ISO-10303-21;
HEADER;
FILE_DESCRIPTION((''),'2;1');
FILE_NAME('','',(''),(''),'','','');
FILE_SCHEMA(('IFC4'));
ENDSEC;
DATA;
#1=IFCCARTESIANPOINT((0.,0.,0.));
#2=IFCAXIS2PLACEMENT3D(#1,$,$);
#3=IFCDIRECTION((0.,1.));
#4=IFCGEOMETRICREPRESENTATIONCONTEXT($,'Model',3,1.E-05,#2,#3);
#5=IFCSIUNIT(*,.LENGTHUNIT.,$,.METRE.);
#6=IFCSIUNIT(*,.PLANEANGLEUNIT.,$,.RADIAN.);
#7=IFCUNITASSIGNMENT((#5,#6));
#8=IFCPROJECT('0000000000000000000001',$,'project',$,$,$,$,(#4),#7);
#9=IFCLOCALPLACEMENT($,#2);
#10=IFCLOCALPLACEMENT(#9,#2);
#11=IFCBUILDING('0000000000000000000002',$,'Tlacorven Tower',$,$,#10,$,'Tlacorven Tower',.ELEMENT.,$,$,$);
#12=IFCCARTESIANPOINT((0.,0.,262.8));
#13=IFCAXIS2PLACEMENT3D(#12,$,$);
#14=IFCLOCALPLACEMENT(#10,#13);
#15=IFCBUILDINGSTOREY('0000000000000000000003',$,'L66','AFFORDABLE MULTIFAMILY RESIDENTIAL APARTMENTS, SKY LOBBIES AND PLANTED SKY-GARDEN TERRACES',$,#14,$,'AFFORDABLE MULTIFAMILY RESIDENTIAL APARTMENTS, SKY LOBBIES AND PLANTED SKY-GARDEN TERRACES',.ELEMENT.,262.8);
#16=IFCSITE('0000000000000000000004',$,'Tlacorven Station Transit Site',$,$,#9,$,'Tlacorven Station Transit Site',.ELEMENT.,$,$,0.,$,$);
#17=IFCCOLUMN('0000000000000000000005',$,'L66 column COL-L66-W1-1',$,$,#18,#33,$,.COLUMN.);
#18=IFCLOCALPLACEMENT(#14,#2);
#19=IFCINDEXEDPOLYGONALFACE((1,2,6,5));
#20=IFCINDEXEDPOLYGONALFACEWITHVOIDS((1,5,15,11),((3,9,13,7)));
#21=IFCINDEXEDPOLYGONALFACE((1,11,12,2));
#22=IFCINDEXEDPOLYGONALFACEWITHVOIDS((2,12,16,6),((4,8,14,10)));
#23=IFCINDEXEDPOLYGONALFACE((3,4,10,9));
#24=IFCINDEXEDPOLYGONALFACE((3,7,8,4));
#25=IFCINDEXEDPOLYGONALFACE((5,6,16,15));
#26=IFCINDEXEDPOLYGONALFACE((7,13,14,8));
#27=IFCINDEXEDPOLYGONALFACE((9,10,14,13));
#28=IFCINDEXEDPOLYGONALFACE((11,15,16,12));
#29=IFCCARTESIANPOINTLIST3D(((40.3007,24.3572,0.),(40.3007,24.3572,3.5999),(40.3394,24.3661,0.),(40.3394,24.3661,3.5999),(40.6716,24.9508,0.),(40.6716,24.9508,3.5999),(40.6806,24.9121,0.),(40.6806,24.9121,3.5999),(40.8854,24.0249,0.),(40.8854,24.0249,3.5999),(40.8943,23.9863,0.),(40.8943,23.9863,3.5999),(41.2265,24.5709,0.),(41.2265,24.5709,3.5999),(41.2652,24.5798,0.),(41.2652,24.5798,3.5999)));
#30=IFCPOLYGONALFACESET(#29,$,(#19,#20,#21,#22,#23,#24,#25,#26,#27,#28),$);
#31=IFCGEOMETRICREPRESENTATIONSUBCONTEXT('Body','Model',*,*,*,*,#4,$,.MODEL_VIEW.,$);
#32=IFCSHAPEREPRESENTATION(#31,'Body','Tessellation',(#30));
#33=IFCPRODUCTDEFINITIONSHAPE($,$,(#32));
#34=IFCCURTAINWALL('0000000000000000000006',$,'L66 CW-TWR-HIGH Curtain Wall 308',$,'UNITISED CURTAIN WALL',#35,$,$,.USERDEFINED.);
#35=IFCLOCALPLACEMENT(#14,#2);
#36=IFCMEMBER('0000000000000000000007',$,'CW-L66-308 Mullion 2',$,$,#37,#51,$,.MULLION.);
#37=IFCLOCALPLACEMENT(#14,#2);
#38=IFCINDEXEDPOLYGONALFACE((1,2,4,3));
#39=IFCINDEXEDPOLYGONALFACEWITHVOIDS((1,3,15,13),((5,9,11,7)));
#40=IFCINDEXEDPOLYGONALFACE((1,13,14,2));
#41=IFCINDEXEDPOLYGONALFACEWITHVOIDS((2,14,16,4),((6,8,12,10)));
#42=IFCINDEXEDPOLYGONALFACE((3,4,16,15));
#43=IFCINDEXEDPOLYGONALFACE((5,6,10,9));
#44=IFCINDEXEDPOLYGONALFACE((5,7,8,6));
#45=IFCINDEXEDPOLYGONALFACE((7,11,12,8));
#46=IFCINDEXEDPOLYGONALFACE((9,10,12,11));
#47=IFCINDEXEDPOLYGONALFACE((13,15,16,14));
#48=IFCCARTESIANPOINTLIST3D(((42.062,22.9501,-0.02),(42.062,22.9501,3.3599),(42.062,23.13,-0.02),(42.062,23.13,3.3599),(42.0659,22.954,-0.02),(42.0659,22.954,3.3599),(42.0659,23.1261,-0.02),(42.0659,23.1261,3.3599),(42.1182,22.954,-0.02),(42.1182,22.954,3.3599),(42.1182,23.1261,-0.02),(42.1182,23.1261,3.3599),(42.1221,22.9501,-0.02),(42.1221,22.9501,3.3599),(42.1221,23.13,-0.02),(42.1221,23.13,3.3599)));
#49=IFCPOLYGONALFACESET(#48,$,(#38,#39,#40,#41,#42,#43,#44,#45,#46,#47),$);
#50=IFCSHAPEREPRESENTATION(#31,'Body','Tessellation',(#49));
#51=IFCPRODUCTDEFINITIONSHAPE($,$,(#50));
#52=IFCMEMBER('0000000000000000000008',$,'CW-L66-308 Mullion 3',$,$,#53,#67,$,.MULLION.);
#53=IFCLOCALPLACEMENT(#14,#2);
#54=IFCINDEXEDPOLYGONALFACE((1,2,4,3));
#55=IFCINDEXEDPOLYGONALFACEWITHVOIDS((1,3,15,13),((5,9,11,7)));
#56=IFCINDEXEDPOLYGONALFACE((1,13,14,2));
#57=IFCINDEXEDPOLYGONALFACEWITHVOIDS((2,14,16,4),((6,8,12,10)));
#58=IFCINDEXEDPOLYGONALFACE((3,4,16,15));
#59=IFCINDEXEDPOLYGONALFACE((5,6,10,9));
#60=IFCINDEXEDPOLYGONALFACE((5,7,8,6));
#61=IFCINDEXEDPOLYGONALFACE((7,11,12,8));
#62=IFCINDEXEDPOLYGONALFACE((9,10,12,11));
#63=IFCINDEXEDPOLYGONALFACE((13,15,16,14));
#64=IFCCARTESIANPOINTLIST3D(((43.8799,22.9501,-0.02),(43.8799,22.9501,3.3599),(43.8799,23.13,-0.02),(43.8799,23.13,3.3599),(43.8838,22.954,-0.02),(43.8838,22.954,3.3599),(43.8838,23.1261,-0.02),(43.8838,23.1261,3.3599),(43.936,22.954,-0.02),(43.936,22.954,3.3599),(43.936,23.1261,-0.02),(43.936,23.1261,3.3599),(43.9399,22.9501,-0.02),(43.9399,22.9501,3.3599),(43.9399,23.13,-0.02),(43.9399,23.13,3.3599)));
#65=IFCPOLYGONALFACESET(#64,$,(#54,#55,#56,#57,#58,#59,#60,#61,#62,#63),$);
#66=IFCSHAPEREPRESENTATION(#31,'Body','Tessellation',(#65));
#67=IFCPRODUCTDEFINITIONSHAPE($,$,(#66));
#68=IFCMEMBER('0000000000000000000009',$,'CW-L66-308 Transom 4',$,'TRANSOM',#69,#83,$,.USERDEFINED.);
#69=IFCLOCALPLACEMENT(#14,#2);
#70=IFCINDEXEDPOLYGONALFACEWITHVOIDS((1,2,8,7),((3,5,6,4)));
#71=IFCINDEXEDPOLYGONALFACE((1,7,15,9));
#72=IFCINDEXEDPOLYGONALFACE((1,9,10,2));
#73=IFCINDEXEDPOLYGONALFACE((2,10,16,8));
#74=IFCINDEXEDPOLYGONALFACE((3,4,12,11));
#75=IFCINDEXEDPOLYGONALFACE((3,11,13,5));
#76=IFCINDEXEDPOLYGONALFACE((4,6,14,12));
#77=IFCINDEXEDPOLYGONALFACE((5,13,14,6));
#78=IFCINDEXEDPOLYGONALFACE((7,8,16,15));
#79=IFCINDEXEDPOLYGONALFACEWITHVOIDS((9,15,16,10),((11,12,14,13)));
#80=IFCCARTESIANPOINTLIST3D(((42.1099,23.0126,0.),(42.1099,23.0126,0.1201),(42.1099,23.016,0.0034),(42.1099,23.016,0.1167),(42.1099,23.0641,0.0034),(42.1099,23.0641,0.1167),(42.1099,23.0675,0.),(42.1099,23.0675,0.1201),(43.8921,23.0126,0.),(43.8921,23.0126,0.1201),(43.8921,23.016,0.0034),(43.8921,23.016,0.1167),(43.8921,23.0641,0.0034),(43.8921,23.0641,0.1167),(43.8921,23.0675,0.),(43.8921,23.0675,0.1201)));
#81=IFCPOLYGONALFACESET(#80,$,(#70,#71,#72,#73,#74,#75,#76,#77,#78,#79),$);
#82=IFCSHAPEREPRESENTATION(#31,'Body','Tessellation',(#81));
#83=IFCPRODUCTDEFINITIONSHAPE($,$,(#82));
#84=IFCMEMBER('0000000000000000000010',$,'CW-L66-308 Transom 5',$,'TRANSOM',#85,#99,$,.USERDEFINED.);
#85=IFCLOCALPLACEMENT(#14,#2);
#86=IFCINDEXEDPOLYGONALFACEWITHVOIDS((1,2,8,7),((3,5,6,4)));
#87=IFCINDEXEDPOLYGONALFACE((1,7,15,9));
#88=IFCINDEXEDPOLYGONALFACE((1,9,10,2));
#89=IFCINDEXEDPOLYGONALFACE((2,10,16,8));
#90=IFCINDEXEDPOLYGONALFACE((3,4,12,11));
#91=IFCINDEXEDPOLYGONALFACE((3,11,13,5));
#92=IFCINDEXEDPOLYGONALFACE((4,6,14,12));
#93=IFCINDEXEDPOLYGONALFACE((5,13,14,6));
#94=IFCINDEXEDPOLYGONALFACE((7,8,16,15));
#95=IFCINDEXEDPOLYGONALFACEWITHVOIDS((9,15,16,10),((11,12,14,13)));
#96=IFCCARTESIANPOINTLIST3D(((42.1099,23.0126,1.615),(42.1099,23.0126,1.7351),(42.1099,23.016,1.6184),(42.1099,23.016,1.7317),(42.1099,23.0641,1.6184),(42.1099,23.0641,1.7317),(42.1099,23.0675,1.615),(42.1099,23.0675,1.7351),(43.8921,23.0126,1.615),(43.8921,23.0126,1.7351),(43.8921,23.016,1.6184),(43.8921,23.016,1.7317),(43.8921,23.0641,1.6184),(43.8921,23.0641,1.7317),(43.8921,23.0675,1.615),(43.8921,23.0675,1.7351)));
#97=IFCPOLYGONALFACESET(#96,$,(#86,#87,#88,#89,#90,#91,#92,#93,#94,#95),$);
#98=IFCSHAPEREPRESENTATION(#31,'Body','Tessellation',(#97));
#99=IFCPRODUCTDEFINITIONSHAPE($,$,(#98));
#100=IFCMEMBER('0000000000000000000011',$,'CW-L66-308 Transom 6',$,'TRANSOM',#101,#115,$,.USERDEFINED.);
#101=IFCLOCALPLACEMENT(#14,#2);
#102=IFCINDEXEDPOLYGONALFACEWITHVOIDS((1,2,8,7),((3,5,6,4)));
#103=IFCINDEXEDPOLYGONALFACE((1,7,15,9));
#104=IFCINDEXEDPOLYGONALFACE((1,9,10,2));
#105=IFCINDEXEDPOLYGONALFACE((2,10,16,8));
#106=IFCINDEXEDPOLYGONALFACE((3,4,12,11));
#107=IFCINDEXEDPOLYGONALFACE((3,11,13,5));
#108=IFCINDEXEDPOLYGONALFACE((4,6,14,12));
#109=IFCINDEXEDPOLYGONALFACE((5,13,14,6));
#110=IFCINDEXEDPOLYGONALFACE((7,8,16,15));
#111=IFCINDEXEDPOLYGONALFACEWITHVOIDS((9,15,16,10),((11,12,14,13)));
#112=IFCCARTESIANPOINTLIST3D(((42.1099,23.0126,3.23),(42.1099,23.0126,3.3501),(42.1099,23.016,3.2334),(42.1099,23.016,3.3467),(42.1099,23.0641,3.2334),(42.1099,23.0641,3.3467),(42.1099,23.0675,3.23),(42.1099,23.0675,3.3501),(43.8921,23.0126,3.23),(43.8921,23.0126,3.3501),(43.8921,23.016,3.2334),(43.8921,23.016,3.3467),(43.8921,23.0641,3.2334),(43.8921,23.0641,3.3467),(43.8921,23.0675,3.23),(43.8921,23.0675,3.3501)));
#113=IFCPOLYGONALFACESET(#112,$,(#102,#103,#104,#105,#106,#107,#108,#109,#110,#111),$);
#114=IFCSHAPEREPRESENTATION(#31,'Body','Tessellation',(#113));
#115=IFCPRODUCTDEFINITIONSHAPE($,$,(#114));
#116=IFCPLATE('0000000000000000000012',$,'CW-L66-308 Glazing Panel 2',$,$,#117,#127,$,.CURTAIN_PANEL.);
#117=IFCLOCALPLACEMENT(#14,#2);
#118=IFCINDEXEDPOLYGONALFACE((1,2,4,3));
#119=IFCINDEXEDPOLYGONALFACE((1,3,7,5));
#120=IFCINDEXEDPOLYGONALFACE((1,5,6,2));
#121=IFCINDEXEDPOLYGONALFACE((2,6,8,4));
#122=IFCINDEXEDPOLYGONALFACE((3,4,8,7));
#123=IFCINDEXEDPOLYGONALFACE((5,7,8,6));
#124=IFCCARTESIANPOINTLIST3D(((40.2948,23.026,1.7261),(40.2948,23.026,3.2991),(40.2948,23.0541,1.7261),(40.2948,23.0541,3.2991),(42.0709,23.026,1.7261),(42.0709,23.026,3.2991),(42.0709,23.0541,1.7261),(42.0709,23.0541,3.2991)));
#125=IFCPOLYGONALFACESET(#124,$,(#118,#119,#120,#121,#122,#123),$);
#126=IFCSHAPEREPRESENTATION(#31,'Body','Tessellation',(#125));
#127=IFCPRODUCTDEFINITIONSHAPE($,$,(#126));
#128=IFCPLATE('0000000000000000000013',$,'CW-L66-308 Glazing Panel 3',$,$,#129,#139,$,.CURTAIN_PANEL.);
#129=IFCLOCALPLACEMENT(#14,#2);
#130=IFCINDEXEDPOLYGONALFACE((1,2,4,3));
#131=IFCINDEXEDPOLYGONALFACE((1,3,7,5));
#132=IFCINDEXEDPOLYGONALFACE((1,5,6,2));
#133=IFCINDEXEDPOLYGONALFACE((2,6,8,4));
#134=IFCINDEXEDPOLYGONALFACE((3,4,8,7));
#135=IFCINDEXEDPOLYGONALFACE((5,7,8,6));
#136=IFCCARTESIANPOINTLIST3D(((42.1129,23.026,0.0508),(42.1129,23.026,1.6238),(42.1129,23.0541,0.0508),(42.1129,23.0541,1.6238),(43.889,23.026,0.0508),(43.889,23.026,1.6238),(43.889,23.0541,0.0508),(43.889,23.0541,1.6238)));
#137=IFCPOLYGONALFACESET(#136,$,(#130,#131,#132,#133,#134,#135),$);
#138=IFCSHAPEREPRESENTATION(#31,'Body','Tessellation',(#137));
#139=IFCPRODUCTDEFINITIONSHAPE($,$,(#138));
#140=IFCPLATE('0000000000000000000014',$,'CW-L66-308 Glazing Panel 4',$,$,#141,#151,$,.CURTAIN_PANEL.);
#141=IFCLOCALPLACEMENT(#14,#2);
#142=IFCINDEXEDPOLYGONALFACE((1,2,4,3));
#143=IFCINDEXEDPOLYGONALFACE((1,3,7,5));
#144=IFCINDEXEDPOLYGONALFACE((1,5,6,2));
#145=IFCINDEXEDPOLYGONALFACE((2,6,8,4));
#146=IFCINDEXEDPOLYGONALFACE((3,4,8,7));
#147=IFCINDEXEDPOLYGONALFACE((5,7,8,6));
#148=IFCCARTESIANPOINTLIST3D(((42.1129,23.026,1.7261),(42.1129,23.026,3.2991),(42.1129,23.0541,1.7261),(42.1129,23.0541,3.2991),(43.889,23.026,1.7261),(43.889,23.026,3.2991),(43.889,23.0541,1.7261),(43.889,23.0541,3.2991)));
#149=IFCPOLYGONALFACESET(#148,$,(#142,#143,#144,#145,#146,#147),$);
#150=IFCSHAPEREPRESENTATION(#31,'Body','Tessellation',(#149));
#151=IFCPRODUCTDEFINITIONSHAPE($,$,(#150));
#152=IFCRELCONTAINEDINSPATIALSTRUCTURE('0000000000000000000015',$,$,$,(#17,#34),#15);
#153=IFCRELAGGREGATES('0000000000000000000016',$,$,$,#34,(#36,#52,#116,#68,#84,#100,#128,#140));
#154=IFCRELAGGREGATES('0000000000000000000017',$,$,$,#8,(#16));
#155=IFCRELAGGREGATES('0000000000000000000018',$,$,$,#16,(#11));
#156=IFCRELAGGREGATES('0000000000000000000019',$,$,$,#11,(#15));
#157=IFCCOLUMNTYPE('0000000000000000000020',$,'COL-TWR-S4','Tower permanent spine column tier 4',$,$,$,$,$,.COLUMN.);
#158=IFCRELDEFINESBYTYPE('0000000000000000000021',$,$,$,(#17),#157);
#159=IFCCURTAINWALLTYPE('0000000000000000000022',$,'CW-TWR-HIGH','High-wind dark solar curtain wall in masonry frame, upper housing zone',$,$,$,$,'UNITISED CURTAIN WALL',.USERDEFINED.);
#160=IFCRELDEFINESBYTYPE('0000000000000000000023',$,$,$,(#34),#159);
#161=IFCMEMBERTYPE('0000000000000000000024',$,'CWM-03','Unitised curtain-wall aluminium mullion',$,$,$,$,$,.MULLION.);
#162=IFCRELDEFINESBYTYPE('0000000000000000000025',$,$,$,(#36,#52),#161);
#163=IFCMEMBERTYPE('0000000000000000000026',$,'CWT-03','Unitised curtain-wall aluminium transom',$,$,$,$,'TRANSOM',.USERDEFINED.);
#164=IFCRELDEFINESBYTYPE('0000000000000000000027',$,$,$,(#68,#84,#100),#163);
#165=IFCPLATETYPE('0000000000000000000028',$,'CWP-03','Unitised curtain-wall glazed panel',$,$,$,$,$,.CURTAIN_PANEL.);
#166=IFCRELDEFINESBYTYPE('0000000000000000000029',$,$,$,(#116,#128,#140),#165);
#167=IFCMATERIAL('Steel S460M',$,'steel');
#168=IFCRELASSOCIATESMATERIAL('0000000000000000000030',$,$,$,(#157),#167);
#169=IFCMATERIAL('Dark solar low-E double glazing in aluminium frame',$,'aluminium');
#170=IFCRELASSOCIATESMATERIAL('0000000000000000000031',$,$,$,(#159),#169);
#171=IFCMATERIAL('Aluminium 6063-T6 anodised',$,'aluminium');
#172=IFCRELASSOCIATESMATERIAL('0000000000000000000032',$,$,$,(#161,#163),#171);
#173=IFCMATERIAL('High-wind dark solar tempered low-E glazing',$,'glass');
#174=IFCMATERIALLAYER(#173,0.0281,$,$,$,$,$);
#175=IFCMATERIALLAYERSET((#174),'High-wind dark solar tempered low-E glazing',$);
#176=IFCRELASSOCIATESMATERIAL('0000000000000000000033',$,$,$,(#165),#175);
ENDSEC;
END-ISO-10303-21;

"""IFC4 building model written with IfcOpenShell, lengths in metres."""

from ifc_helpers import new_model, si_unit, direction, frame, origin, origin_2d, place, context, subcontext, project, spatial, rectangle, hollow_rectangle, extrude, source, transform, mapped, material, layer, layer_set, material_profile, profile_set, type_object, element, aggregate, save


model = new_model("IFC4")

# Units and contexts
model_context = context("Model", 3, precision=1e-05, world=origin(), true_north=direction((0.0, 1.0)))
body_context = subcontext(model_context, "Body", "Model", "MODEL_VIEW")
ifc_project = project(units=[si_unit("LENGTHUNIT", "METRE"), si_unit("PLANEANGLEUNIT", "RADIAN")], contexts=[model_context])

# Site, building, storey
site_placement = place(None, origin())
site = spatial("IfcSite", under=ifc_project, at=site_placement, Name="Tlacorven Station Transit Site", LongName="Tlacorven Station Transit Site", CompositionType="ELEMENT", RefElevation=0.0)
building_placement = place(site_placement, origin())
building = spatial("IfcBuilding", under=site, at=building_placement, Name="Tlacorven Tower", LongName="Tlacorven Tower", CompositionType="ELEMENT")
storey_placement = place(building_placement, frame((0.0, 0.0, 262.8)))
storey = spatial("IfcBuildingStorey", under=building, at=storey_placement, Name="L66", Description="AFFORDABLE MULTIFAMILY RESIDENTIAL APARTMENTS, SKY LOBBIES AND PLANTED SKY-GARDEN TERRACES", LongName="AFFORDABLE MULTIFAMILY RESIDENTIAL APARTMENTS, SKY LOBBIES AND PLANTED SKY-GARDEN TERRACES", CompositionType="ELEMENT", Elevation=262.8)

# Column
ifc_material_1 = material(Name="Steel S460M", Category="steel")
ifc_material_profile_1 = material_profile(ifc_material_1, hollow_rectangle(XDim=0.7, YDim=0.7, WallThickness=0.0281, at=origin_2d()), Name="BOX 700X700X28")
ifc_profile_set_1 = profile_set([ifc_material_profile_1], Name="Steel S460M")
column_type = type_object("IfcColumnType", Name="COL-TWR-S4", Description="Tower permanent spine column tier 4", PredefinedType="COLUMN", material=ifc_profile_set_1)
shared_shape_1 = source(origin(), body_context, "Body", "SweptSolid", [
    extrude(hollow_rectangle(XDim=0.7, YDim=0.7, WallThickness=0.0281, at=origin_2d()), origin(), (0.0, 0.0, 1.0), 3.5999),
])
column_placement = place(storey_placement, frame((40.783, 24.4685, 0.0), z_axis=(0.0, 0.0, 1.0), x_axis=(-0.848048, 0.529919, 0.0)))
element("IfcColumn", 1, at=column_placement, inside=storey, type_object=column_type, Name="L66 column COL-L66-W1-1", PredefinedType="COLUMN", context=body_context, shape_type="MappedRepresentation", body=[
    mapped(shared_shape_1, transform((0.0, 0.0, 0.0), scale=1.0)),
])

# Curtain wall, members, plates
ifc_material_2 = material(Name="Dark solar low-E double glazing in aluminium frame", Category="aluminium")
curtain_wall_type = type_object("IfcCurtainWallType", Name="CW-TWR-HIGH", Description="High-wind dark solar curtain wall in masonry frame, upper housing zone", ElementType="UNITISED CURTAIN WALL", PredefinedType="USERDEFINED", material=ifc_material_2)
curtain_wall_placement = place(storey_placement, origin())
curtain_wall = element("IfcCurtainWall", 2, at=curtain_wall_placement, inside=storey, type_object=curtain_wall_type, Name="L66 CW-TWR-HIGH Curtain Wall 308", ObjectType="UNITISED CURTAIN WALL", PredefinedType="USERDEFINED")
ifc_material_3 = material(Name="Aluminium 6063-T6 anodised", Category="aluminium")
ifc_material_profile_2 = material_profile(ifc_material_3, hollow_rectangle(XDim=0.0601, YDim=0.1799, WallThickness=0.0039, at=origin_2d()), Name="ALU MULLION 60X180")
ifc_profile_set_2 = profile_set([ifc_material_profile_2], Name="Aluminium 6063-T6 anodised")
member_type_1 = type_object("IfcMemberType", Name="CWM-03", Description="Unitised curtain-wall aluminium mullion", PredefinedType="MULLION", material=ifc_profile_set_2)
shared_shape_2 = source(origin(), body_context, "Body", "SweptSolid", [
    extrude(hollow_rectangle(XDim=0.0601, YDim=0.1799, WallThickness=0.0039, at=origin_2d()), origin(), (0.0, 0.0, 1.0), 3.3799),
])
member_1_placement = place(storey_placement, frame((42.092, 23.04, -0.02), z_axis=(0.0, 0.0, 1.0), x_axis=(1.0, 0.0, 0.0)))
member_1 = element("IfcMember", 3, at=member_1_placement, type_object=member_type_1, Name="CW-L66-308 Mullion 2", PredefinedType="MULLION", context=body_context, shape_type="MappedRepresentation", body=[
    mapped(shared_shape_2, transform((0.0, 0.0, 0.0), scale=1.0)),
])
member_2_placement = place(storey_placement, frame((43.9099, 23.04, -0.02), z_axis=(0.0, 0.0, 1.0), x_axis=(1.0, 0.0, 0.0)))
member_2 = element("IfcMember", 4, at=member_2_placement, type_object=member_type_1, Name="CW-L66-308 Mullion 3", PredefinedType="MULLION", context=body_context, shape_type="MappedRepresentation", body=[
    mapped(shared_shape_2, transform((0.0, 0.0, 0.0), scale=1.0)),
])
ifc_material_profile_3 = material_profile(ifc_material_3, hollow_rectangle(XDim=0.0549, YDim=0.1201, WallThickness=0.0034, at=origin_2d()), Name="ALU TRANSOM 55X120")
ifc_profile_set_3 = profile_set([ifc_material_profile_3], Name="Aluminium 6063-T6 anodised")
member_type_2 = type_object("IfcMemberType", Name="CWT-03", Description="Unitised curtain-wall aluminium transom", ElementType="TRANSOM", PredefinedType="USERDEFINED", material=ifc_profile_set_3)
shared_shape_3 = source(origin(), body_context, "Body", "SweptSolid", [
    extrude(hollow_rectangle(XDim=0.0549, YDim=0.1201, WallThickness=0.0034, at=origin_2d()), origin(), (0.0, 0.0, 1.0), 1.7822),
])
member_3_placement = place(storey_placement, frame((42.1099, 23.04, 0.0601), z_axis=(1.0, 0.0, 0.0), x_axis=(0.0, 1.0, 0.0)))
member_3 = element("IfcMember", 5, at=member_3_placement, type_object=member_type_2, Name="CW-L66-308 Transom 4", ObjectType="TRANSOM", PredefinedType="USERDEFINED", context=body_context, shape_type="MappedRepresentation", body=[
    mapped(shared_shape_3, transform((0.0, 0.0, 0.0), scale=1.0)),
])
member_4_placement = place(storey_placement, frame((42.1099, 23.04, 1.675), z_axis=(1.0, 0.0, 0.0), x_axis=(0.0, 1.0, 0.0)))
member_4 = element("IfcMember", 6, at=member_4_placement, type_object=member_type_2, Name="CW-L66-308 Transom 5", ObjectType="TRANSOM", PredefinedType="USERDEFINED", context=body_context, shape_type="MappedRepresentation", body=[
    mapped(shared_shape_3, transform((0.0, 0.0, 0.0), scale=1.0)),
])
member_5_placement = place(storey_placement, frame((42.1099, 23.04, 3.29), z_axis=(1.0, 0.0, 0.0), x_axis=(0.0, 1.0, 0.0)))
member_5 = element("IfcMember", 7, at=member_5_placement, type_object=member_type_2, Name="CW-L66-308 Transom 6", ObjectType="TRANSOM", PredefinedType="USERDEFINED", context=body_context, shape_type="MappedRepresentation", body=[
    mapped(shared_shape_3, transform((0.0, 0.0, 0.0), scale=1.0)),
])
ifc_material_4 = material(Name="High-wind dark solar tempered low-E glazing", Category="glass")
ifc_layer_1 = layer(ifc_material_4, 0.0281)
ifc_layer_set_1 = layer_set([ifc_layer_1], Name="High-wind dark solar tempered low-E glazing")
plate_type = type_object("IfcPlateType", Name="CWP-03", Description="Unitised curtain-wall glazed panel", PredefinedType="CURTAIN_PANEL", material=ifc_layer_set_1)
shared_shape_4 = source(origin(), body_context, "Body", "SweptSolid", [
    extrude(rectangle(XDim=1.7761, YDim=0.0281, at=origin_2d()), origin(), (0.0, 0.0, 1.0), 1.573),
])
plate_1_placement = place(storey_placement, frame((41.1829, 23.04, 1.7261), z_axis=(0.0, 0.0, 1.0), x_axis=(1.0, 0.0, 0.0)))
plate_1 = element("IfcPlate", 8, at=plate_1_placement, type_object=plate_type, Name="CW-L66-308 Glazing Panel 2", PredefinedType="CURTAIN_PANEL", context=body_context, shape_type="MappedRepresentation", body=[
    mapped(shared_shape_4, transform((0.0, 0.0, 0.0), scale=1.0)),
])
plate_2_placement = place(storey_placement, frame((43.001, 23.04, 0.0508), z_axis=(0.0, 0.0, 1.0), x_axis=(1.0, 0.0, 0.0)))
plate_2 = element("IfcPlate", 9, at=plate_2_placement, type_object=plate_type, Name="CW-L66-308 Glazing Panel 3", PredefinedType="CURTAIN_PANEL", context=body_context, shape_type="MappedRepresentation", body=[
    mapped(shared_shape_4, transform((0.0, 0.0, 0.0), scale=1.0)),
])
plate_3_placement = place(storey_placement, frame((43.001, 23.04, 1.7261), z_axis=(0.0, 0.0, 1.0), x_axis=(1.0, 0.0, 0.0)))
plate_3 = element("IfcPlate", 10, at=plate_3_placement, type_object=plate_type, Name="CW-L66-308 Glazing Panel 4", PredefinedType="CURTAIN_PANEL", context=body_context, shape_type="MappedRepresentation", body=[
    mapped(shared_shape_4, transform((0.0, 0.0, 0.0), scale=1.0)),
])
aggregate(curtain_wall, [member_1, member_2, plate_1, member_3, member_4, member_5, plate_2, plate_3])

save(model, "model.ifc")
